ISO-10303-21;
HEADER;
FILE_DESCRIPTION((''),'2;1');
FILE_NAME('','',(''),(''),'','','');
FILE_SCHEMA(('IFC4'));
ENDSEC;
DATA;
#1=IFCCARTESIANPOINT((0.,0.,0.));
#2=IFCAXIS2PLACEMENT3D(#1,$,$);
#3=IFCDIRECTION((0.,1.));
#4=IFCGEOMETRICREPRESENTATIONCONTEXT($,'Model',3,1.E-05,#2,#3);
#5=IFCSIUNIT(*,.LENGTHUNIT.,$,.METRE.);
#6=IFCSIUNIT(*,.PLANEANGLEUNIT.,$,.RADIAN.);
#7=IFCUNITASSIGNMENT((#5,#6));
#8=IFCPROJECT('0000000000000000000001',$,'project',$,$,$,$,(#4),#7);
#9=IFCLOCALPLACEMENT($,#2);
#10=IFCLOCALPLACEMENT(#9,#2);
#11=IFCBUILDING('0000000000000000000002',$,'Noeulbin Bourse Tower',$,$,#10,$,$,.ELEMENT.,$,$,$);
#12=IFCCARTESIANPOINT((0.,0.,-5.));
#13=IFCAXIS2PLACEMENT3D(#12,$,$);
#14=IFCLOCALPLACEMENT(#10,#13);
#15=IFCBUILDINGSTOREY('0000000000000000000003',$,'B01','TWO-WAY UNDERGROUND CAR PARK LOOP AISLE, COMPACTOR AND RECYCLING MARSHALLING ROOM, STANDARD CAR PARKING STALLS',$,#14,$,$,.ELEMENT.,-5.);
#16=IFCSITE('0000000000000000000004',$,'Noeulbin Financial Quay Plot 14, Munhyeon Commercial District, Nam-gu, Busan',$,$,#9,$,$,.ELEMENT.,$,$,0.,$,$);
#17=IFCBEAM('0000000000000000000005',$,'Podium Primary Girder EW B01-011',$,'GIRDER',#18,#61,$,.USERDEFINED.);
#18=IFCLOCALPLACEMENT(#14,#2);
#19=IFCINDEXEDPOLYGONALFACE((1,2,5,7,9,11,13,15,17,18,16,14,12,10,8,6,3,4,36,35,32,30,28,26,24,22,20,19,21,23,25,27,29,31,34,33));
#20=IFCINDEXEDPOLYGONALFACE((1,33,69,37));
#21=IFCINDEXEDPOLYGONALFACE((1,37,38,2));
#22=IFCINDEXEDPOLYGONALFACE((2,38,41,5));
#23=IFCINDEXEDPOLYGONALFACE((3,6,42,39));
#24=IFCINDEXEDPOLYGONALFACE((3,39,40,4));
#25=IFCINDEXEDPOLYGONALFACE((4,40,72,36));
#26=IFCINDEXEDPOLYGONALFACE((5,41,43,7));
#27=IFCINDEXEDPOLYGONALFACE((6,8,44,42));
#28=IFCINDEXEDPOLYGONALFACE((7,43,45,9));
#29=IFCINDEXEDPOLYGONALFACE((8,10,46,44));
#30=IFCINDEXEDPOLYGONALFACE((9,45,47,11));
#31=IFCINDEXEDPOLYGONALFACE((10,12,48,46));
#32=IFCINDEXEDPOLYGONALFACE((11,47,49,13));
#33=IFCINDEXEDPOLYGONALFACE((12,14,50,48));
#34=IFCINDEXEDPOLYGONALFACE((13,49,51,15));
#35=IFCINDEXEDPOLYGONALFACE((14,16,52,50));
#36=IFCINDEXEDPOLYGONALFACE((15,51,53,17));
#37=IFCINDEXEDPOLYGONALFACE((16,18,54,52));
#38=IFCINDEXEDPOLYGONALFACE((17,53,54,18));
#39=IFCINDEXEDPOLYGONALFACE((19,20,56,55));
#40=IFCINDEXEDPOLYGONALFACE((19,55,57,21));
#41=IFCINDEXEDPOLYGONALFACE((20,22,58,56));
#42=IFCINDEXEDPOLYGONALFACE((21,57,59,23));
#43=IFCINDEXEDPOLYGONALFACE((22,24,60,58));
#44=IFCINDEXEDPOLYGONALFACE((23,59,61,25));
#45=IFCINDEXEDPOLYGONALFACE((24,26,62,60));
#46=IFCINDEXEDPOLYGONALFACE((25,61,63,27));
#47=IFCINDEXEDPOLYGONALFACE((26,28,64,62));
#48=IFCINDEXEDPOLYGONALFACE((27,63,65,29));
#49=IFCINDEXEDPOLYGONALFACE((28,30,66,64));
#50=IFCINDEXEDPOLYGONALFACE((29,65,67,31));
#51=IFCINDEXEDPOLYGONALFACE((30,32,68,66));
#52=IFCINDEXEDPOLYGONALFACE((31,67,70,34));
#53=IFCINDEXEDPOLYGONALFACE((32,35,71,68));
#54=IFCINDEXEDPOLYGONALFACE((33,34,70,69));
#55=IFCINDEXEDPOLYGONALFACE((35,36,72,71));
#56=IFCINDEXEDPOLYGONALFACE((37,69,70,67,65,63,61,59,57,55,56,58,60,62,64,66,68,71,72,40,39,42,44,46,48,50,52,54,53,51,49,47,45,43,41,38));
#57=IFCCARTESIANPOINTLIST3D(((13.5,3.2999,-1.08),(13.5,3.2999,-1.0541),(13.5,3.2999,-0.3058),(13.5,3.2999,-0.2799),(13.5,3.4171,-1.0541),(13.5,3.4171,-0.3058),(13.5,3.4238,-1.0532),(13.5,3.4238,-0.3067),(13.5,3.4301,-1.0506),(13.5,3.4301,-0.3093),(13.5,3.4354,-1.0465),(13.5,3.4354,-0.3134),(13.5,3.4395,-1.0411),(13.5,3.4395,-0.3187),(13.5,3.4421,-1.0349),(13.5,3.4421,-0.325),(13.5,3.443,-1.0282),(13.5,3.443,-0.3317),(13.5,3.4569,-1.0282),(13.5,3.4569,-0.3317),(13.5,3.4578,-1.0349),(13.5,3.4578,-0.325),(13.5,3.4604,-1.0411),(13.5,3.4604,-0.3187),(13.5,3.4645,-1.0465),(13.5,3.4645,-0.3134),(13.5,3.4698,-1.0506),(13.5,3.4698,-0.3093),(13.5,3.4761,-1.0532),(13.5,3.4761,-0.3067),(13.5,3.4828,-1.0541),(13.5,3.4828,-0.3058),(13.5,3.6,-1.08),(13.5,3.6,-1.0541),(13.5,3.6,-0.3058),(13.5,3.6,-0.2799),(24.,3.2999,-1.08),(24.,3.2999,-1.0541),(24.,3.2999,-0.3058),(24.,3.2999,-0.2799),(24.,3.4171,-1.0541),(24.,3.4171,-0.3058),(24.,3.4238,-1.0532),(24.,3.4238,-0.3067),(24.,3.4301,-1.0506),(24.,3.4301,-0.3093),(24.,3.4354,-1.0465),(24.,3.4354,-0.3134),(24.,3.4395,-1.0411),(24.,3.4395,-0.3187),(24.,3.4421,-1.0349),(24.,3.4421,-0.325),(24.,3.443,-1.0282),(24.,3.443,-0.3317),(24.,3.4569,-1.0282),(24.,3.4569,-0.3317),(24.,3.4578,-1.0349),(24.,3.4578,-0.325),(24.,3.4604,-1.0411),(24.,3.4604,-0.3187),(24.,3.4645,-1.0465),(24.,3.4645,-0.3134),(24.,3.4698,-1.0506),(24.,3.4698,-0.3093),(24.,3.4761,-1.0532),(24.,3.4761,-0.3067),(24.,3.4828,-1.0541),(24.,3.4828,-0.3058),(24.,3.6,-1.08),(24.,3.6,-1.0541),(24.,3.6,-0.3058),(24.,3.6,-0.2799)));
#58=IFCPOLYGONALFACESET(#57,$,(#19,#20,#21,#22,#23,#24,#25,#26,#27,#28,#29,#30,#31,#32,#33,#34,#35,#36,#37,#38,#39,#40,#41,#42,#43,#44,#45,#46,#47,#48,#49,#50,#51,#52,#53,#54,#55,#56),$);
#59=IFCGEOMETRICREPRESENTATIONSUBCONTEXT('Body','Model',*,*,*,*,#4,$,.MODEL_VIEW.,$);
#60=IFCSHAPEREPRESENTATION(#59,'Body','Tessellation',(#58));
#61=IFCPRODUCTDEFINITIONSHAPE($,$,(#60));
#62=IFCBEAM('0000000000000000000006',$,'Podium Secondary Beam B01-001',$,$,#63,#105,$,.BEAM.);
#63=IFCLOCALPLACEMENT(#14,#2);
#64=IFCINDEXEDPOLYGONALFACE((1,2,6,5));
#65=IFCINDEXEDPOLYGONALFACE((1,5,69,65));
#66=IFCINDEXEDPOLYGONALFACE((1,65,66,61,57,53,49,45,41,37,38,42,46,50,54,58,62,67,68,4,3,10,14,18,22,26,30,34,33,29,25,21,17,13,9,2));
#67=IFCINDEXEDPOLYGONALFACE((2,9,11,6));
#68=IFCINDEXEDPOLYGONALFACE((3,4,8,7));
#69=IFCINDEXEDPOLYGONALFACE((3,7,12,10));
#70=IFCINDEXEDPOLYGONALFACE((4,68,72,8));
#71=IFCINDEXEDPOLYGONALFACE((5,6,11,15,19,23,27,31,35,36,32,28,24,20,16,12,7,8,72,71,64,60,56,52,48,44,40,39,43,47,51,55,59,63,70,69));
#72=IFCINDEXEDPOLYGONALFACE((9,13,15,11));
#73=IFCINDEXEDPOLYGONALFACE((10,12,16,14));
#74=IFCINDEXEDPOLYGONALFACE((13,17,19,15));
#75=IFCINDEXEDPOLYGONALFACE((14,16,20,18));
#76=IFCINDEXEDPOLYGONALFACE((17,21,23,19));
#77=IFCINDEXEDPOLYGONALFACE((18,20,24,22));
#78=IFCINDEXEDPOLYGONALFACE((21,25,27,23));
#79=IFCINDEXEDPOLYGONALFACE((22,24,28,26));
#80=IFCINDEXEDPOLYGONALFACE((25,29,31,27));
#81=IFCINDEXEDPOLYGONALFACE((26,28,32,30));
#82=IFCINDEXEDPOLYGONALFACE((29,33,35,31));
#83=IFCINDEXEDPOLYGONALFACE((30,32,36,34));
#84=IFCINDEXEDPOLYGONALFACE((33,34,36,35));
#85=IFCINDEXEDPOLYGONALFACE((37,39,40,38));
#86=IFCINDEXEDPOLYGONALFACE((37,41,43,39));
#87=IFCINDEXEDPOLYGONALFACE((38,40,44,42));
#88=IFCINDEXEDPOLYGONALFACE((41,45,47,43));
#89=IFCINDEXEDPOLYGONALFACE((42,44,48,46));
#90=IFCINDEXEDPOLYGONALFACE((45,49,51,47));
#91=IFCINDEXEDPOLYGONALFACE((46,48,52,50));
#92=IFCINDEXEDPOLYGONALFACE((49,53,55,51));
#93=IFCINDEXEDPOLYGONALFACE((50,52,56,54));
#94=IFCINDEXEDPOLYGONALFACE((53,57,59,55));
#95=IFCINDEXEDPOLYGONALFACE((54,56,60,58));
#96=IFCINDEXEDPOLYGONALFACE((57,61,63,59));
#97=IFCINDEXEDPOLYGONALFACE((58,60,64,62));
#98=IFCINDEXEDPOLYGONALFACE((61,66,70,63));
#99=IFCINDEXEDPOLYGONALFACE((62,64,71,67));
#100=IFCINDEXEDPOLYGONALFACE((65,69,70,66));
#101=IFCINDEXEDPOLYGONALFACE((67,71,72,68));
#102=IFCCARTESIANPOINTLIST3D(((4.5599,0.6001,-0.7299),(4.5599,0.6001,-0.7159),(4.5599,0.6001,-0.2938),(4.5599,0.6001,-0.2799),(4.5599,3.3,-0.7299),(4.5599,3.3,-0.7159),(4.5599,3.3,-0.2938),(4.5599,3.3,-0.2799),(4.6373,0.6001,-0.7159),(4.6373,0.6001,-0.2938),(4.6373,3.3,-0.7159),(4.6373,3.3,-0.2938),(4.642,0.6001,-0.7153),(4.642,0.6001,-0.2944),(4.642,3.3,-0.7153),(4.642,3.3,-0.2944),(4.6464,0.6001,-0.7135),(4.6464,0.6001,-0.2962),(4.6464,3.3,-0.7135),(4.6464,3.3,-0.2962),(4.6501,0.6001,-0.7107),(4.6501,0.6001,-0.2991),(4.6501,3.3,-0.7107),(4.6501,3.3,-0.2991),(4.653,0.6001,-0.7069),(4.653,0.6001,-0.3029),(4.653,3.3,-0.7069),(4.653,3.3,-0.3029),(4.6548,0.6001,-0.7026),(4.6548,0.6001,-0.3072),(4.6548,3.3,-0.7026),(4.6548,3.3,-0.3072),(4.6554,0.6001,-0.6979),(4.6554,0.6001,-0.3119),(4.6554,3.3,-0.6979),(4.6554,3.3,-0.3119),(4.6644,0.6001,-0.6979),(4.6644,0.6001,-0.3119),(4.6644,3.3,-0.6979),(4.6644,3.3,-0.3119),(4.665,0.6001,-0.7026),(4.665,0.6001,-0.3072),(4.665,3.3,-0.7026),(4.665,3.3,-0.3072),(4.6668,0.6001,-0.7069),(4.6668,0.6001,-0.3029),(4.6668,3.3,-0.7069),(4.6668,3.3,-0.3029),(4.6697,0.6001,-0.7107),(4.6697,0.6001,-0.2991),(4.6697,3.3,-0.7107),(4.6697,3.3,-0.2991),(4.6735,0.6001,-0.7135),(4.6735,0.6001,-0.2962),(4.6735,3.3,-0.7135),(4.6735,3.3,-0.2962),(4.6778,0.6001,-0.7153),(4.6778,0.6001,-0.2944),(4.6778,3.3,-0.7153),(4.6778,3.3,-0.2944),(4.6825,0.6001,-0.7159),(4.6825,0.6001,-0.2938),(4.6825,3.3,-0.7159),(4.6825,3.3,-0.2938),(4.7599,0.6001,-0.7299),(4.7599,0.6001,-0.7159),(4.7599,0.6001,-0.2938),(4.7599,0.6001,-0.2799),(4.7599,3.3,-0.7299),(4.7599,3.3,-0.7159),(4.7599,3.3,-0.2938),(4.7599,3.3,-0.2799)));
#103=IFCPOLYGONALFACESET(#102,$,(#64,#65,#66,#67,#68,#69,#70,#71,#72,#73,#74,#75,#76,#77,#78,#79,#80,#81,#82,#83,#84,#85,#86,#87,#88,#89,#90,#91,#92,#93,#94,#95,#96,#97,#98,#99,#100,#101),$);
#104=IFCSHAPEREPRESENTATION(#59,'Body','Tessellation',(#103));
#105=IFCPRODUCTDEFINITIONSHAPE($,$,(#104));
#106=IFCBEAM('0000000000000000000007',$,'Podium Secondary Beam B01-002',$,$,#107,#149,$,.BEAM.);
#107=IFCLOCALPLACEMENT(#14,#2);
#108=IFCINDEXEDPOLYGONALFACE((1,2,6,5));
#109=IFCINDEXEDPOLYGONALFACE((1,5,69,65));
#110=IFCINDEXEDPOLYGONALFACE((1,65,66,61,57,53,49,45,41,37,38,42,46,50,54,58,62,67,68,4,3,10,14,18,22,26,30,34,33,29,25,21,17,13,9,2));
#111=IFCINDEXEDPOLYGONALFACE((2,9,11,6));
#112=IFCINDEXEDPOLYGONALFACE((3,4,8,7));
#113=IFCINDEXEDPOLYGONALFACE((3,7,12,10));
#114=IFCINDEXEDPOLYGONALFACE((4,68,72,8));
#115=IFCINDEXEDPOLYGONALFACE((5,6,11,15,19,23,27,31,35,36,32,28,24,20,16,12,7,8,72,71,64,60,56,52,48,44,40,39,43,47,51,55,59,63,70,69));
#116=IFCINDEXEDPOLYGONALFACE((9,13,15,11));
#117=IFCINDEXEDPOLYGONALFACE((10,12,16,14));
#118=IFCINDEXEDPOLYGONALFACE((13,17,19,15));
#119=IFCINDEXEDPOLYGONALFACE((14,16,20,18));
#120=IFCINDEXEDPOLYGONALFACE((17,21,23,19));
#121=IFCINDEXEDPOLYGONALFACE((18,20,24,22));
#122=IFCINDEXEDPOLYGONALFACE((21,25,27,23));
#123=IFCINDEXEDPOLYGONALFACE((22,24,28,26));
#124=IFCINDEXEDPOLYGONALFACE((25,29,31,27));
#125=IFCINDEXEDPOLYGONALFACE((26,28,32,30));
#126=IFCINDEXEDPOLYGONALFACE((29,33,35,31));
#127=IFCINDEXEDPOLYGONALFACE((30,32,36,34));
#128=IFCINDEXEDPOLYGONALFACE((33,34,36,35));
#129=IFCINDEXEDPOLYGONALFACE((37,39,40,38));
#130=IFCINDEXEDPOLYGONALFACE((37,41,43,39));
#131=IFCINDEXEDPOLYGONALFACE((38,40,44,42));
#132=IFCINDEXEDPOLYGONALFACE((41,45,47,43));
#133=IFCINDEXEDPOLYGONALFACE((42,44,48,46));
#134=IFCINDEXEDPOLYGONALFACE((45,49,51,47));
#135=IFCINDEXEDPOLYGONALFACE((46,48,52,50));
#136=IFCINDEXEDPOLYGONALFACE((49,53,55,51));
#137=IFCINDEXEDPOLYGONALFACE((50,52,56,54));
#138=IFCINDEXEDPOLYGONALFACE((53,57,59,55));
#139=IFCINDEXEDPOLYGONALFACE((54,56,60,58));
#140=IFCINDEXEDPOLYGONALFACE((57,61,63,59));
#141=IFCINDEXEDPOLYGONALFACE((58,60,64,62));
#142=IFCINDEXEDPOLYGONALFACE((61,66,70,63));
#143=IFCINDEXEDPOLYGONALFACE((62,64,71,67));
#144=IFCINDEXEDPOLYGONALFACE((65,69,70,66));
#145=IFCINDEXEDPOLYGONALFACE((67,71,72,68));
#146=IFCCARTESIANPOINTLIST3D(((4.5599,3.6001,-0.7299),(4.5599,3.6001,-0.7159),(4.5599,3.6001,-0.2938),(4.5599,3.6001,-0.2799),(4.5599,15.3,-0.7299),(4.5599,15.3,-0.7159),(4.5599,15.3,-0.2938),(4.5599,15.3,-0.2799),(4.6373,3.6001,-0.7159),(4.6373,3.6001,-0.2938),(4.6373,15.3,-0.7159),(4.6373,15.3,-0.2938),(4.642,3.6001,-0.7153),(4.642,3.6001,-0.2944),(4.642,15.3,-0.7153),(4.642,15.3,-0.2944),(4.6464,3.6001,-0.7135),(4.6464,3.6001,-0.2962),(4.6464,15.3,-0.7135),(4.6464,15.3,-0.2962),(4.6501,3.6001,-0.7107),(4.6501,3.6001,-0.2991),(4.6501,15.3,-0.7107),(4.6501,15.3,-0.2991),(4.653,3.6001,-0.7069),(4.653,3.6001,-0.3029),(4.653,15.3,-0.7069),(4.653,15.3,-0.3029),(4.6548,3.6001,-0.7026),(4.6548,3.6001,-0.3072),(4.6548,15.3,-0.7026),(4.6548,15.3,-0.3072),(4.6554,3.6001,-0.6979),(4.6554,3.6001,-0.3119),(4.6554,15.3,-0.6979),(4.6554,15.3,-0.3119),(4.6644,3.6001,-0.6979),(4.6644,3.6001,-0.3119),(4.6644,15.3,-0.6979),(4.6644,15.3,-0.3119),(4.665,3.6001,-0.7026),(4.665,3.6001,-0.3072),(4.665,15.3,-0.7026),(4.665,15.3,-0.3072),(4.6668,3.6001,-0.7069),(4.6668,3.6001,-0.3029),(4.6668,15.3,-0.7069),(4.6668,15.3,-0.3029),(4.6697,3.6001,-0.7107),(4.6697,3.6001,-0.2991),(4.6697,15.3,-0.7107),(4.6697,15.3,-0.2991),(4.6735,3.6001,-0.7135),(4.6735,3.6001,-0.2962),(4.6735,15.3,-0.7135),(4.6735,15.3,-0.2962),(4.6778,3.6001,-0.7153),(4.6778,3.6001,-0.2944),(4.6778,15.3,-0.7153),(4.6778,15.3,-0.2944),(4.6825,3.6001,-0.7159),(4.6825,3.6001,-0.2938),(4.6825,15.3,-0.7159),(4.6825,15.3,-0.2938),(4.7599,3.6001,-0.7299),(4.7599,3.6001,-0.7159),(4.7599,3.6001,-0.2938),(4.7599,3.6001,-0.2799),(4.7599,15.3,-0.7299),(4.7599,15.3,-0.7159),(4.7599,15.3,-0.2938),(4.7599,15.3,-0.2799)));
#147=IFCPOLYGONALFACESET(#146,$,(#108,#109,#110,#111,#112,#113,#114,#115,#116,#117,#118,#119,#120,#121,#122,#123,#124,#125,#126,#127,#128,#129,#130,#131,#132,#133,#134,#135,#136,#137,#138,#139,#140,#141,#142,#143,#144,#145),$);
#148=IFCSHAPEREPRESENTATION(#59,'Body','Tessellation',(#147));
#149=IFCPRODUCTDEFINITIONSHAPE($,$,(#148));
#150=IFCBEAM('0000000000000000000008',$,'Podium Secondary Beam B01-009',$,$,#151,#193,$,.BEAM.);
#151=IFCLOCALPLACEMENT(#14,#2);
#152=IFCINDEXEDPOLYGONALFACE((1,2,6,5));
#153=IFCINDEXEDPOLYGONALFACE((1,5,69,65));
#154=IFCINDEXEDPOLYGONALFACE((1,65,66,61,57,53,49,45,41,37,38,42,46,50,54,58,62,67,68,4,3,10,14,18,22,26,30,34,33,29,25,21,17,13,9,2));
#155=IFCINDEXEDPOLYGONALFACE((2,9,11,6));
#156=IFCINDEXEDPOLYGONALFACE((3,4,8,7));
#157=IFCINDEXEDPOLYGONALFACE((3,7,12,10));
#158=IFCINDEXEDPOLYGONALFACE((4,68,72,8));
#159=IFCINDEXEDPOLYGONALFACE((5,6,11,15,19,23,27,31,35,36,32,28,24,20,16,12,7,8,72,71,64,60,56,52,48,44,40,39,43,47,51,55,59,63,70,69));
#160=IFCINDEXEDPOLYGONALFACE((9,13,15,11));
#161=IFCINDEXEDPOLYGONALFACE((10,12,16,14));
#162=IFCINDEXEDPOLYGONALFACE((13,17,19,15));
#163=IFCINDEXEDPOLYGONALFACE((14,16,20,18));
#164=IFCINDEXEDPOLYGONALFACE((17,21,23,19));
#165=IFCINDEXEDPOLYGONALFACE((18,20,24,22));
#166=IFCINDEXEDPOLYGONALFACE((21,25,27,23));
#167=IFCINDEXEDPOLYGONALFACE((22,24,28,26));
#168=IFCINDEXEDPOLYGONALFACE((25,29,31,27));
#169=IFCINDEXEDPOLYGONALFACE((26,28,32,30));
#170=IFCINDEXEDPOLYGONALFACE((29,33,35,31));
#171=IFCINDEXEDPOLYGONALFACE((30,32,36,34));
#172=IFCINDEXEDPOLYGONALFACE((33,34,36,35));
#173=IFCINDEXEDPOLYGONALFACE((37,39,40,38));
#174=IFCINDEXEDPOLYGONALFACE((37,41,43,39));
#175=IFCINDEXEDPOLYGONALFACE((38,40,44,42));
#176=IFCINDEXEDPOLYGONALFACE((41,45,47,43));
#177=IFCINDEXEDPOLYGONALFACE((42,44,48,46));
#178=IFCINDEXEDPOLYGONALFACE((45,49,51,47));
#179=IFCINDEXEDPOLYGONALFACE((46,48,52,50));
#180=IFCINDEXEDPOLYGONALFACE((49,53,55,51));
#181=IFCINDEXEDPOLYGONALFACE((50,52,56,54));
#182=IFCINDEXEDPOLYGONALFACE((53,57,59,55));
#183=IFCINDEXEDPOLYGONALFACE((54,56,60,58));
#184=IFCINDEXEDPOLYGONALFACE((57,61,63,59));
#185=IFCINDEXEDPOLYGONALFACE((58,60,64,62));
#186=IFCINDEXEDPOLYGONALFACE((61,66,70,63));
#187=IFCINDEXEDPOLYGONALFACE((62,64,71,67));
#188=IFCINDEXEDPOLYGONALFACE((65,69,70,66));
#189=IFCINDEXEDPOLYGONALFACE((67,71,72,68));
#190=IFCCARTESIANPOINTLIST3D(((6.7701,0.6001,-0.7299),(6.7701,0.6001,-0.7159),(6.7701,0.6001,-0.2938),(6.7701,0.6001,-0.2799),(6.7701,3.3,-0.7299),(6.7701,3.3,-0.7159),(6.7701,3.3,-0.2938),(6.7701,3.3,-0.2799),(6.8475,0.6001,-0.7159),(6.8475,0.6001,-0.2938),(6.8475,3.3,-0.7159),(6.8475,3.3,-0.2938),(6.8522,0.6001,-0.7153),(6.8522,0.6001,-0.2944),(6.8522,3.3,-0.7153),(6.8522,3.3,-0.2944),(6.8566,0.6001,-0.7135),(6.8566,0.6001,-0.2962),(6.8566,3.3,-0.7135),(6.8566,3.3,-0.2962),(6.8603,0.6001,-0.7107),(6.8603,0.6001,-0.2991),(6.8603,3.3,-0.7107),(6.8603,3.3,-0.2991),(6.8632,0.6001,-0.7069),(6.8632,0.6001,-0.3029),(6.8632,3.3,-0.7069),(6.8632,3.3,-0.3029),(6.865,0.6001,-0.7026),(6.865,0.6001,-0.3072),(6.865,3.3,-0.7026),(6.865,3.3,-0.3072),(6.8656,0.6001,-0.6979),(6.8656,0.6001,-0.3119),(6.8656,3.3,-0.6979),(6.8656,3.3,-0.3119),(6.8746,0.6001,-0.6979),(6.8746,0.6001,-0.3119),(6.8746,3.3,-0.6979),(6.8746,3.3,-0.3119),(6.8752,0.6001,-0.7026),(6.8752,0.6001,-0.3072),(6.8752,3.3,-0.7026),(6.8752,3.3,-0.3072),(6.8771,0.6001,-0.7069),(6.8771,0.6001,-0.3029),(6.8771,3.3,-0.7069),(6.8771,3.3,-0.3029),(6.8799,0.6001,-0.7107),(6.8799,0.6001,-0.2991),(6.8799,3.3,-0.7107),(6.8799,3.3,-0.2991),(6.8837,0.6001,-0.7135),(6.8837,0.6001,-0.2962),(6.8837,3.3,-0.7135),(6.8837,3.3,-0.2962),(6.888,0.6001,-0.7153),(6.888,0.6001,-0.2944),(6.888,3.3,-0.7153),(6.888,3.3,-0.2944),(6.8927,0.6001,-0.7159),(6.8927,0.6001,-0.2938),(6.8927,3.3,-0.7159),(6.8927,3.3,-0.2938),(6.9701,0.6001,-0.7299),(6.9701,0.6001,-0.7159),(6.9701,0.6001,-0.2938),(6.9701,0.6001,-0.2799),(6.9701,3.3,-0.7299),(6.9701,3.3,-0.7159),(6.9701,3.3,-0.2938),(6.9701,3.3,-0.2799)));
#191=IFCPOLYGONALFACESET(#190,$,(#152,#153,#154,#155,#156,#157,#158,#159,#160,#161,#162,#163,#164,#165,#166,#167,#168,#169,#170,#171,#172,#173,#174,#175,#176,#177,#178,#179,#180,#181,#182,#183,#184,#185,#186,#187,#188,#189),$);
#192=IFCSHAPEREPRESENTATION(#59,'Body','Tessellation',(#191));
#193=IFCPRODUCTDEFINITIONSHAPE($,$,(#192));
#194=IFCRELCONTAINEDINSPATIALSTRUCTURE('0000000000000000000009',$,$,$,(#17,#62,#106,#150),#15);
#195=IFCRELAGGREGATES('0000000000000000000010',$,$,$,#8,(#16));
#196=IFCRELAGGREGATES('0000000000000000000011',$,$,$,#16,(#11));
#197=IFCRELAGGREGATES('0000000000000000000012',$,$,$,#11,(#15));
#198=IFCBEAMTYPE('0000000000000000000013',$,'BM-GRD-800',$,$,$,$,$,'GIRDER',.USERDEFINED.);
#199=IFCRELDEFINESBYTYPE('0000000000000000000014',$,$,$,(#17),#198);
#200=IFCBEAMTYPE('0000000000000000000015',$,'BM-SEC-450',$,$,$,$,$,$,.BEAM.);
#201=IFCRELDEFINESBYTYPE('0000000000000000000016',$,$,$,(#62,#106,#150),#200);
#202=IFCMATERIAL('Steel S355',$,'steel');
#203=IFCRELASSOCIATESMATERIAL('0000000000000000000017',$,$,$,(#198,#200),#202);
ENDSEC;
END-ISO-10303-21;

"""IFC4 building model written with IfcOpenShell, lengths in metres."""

from ifc_helpers import new_model, si_unit, direction, frame, origin, origin_2d, place, context, subcontext, project, spatial, i_section, extrude, material, material_profile, profile_set, type_object, element, save


model = new_model("IFC4")

# Units and contexts
model_context = context("Model", 3, precision=1e-05, world=origin(), true_north=direction((0.0, 1.0)))
body_context = subcontext(model_context, "Body", "Model", "MODEL_VIEW")
ifc_project = project(units=[si_unit("LENGTHUNIT", "METRE"), si_unit("PLANEANGLEUNIT", "RADIAN")], contexts=[model_context])

# Site, building, storey
site_placement = place(None, origin())
site = spatial("IfcSite", under=ifc_project, at=site_placement, Name="Noeulbin Financial Quay Plot 14, Munhyeon Commercial District, Nam-gu, Busan", CompositionType="ELEMENT", RefElevation=0.0)
building_placement = place(site_placement, origin())
building = spatial("IfcBuilding", under=site, at=building_placement, Name="Noeulbin Bourse Tower", CompositionType="ELEMENT")
storey_placement = place(building_placement, frame((0.0, 0.0, -5.0)))
storey = spatial("IfcBuildingStorey", under=building, at=storey_placement, Name="B01", Description="TWO-WAY UNDERGROUND CAR PARK LOOP AISLE, COMPACTOR AND RECYCLING MARSHALLING ROOM, STANDARD CAR PARKING STALLS", CompositionType="ELEMENT", Elevation=-5.0)

# Beams
ifc_material_1 = material(Name="Steel S355", Category="steel")
ifc_material_profile_1 = material_profile(ifc_material_1, i_section(OverallWidth=0.3, OverallDepth=0.8, WebThickness=0.0139, FlangeThickness=0.0259, FilletRadius=0.0259, at=origin_2d()), Name="H-800x300x14x26", Category="LoadBearing")
ifc_profile_set_1 = profile_set([ifc_material_profile_1], Name="Steel S355")
beam_type_1 = type_object("IfcBeamType", Name="BM-GRD-800", ElementType="GIRDER", PredefinedType="USERDEFINED", material=ifc_profile_set_1)
beam_1_placement = place(storey_placement, frame((13.5, 3.45, -0.6799), z_axis=(1.0, 0.0, 0.0), x_axis=(0.0, 1.0, 0.0)))
element("IfcBeam", 1, at=beam_1_placement, inside=storey, type_object=beam_type_1, Name="Podium Primary Girder EW B01-011", ObjectType="GIRDER", PredefinedType="USERDEFINED", context=body_context, shape_type="SweptSolid", body=[
    extrude(i_section(OverallWidth=0.3, OverallDepth=0.8, WebThickness=0.0139, FlangeThickness=0.0259, FilletRadius=0.0259, at=origin_2d()), origin(), (0.0, 0.0, 1.0), 10.5),
])
ifc_material_profile_2 = material_profile(ifc_material_1, i_section(OverallWidth=0.2, OverallDepth=0.45, WebThickness=0.009, FlangeThickness=0.0139, FilletRadius=0.0181, at=origin_2d()), Name="H-450x200x9x14", Category="LoadBearing")
ifc_profile_set_2 = profile_set([ifc_material_profile_2], Name="Steel S355")
beam_type_2 = type_object("IfcBeamType", Name="BM-SEC-450", PredefinedType="BEAM", material=ifc_profile_set_2)
beam_2_placement = place(storey_placement, frame((4.6599, 0.6001, -0.5049), z_axis=(0.0, 1.0, 0.0), x_axis=(-1.0, 0.0, 0.0)))
element("IfcBeam", 2, at=beam_2_placement, inside=storey, type_object=beam_type_2, Name="Podium Secondary Beam B01-001", PredefinedType="BEAM", context=body_context, shape_type="SweptSolid", body=[
    extrude(i_section(OverallWidth=0.2, OverallDepth=0.45, WebThickness=0.009, FlangeThickness=0.0139, FilletRadius=0.0181, at=origin_2d()), origin(), (0.0, 0.0, 1.0), 2.7),
])
beam_3_placement = place(storey_placement, frame((4.6599, 3.6001, -0.5049), z_axis=(0.0, 1.0, 0.0), x_axis=(-1.0, 0.0, 0.0)))
element("IfcBeam", 3, at=beam_3_placement, inside=storey, type_object=beam_type_2, Name="Podium Secondary Beam B01-002", PredefinedType="BEAM", context=body_context, shape_type="SweptSolid", body=[
    extrude(i_section(OverallWidth=0.2, OverallDepth=0.45, WebThickness=0.009, FlangeThickness=0.0139, FilletRadius=0.0181, at=origin_2d()), origin(), (0.0, 0.0, 1.0), 11.7),
])
beam_4_placement = place(storey_placement, frame((6.8701, 0.6001, -0.5049), z_axis=(0.0, 1.0, 0.0), x_axis=(-1.0, 0.0, 0.0)))
element("IfcBeam", 4, at=beam_4_placement, inside=storey, type_object=beam_type_2, Name="Podium Secondary Beam B01-009", PredefinedType="BEAM", context=body_context, shape_type="SweptSolid", body=[
    extrude(i_section(OverallWidth=0.2, OverallDepth=0.45, WebThickness=0.009, FlangeThickness=0.0139, FilletRadius=0.0181, at=origin_2d()), origin(), (0.0, 0.0, 1.0), 2.7),
])

save(model, "model.ifc")
